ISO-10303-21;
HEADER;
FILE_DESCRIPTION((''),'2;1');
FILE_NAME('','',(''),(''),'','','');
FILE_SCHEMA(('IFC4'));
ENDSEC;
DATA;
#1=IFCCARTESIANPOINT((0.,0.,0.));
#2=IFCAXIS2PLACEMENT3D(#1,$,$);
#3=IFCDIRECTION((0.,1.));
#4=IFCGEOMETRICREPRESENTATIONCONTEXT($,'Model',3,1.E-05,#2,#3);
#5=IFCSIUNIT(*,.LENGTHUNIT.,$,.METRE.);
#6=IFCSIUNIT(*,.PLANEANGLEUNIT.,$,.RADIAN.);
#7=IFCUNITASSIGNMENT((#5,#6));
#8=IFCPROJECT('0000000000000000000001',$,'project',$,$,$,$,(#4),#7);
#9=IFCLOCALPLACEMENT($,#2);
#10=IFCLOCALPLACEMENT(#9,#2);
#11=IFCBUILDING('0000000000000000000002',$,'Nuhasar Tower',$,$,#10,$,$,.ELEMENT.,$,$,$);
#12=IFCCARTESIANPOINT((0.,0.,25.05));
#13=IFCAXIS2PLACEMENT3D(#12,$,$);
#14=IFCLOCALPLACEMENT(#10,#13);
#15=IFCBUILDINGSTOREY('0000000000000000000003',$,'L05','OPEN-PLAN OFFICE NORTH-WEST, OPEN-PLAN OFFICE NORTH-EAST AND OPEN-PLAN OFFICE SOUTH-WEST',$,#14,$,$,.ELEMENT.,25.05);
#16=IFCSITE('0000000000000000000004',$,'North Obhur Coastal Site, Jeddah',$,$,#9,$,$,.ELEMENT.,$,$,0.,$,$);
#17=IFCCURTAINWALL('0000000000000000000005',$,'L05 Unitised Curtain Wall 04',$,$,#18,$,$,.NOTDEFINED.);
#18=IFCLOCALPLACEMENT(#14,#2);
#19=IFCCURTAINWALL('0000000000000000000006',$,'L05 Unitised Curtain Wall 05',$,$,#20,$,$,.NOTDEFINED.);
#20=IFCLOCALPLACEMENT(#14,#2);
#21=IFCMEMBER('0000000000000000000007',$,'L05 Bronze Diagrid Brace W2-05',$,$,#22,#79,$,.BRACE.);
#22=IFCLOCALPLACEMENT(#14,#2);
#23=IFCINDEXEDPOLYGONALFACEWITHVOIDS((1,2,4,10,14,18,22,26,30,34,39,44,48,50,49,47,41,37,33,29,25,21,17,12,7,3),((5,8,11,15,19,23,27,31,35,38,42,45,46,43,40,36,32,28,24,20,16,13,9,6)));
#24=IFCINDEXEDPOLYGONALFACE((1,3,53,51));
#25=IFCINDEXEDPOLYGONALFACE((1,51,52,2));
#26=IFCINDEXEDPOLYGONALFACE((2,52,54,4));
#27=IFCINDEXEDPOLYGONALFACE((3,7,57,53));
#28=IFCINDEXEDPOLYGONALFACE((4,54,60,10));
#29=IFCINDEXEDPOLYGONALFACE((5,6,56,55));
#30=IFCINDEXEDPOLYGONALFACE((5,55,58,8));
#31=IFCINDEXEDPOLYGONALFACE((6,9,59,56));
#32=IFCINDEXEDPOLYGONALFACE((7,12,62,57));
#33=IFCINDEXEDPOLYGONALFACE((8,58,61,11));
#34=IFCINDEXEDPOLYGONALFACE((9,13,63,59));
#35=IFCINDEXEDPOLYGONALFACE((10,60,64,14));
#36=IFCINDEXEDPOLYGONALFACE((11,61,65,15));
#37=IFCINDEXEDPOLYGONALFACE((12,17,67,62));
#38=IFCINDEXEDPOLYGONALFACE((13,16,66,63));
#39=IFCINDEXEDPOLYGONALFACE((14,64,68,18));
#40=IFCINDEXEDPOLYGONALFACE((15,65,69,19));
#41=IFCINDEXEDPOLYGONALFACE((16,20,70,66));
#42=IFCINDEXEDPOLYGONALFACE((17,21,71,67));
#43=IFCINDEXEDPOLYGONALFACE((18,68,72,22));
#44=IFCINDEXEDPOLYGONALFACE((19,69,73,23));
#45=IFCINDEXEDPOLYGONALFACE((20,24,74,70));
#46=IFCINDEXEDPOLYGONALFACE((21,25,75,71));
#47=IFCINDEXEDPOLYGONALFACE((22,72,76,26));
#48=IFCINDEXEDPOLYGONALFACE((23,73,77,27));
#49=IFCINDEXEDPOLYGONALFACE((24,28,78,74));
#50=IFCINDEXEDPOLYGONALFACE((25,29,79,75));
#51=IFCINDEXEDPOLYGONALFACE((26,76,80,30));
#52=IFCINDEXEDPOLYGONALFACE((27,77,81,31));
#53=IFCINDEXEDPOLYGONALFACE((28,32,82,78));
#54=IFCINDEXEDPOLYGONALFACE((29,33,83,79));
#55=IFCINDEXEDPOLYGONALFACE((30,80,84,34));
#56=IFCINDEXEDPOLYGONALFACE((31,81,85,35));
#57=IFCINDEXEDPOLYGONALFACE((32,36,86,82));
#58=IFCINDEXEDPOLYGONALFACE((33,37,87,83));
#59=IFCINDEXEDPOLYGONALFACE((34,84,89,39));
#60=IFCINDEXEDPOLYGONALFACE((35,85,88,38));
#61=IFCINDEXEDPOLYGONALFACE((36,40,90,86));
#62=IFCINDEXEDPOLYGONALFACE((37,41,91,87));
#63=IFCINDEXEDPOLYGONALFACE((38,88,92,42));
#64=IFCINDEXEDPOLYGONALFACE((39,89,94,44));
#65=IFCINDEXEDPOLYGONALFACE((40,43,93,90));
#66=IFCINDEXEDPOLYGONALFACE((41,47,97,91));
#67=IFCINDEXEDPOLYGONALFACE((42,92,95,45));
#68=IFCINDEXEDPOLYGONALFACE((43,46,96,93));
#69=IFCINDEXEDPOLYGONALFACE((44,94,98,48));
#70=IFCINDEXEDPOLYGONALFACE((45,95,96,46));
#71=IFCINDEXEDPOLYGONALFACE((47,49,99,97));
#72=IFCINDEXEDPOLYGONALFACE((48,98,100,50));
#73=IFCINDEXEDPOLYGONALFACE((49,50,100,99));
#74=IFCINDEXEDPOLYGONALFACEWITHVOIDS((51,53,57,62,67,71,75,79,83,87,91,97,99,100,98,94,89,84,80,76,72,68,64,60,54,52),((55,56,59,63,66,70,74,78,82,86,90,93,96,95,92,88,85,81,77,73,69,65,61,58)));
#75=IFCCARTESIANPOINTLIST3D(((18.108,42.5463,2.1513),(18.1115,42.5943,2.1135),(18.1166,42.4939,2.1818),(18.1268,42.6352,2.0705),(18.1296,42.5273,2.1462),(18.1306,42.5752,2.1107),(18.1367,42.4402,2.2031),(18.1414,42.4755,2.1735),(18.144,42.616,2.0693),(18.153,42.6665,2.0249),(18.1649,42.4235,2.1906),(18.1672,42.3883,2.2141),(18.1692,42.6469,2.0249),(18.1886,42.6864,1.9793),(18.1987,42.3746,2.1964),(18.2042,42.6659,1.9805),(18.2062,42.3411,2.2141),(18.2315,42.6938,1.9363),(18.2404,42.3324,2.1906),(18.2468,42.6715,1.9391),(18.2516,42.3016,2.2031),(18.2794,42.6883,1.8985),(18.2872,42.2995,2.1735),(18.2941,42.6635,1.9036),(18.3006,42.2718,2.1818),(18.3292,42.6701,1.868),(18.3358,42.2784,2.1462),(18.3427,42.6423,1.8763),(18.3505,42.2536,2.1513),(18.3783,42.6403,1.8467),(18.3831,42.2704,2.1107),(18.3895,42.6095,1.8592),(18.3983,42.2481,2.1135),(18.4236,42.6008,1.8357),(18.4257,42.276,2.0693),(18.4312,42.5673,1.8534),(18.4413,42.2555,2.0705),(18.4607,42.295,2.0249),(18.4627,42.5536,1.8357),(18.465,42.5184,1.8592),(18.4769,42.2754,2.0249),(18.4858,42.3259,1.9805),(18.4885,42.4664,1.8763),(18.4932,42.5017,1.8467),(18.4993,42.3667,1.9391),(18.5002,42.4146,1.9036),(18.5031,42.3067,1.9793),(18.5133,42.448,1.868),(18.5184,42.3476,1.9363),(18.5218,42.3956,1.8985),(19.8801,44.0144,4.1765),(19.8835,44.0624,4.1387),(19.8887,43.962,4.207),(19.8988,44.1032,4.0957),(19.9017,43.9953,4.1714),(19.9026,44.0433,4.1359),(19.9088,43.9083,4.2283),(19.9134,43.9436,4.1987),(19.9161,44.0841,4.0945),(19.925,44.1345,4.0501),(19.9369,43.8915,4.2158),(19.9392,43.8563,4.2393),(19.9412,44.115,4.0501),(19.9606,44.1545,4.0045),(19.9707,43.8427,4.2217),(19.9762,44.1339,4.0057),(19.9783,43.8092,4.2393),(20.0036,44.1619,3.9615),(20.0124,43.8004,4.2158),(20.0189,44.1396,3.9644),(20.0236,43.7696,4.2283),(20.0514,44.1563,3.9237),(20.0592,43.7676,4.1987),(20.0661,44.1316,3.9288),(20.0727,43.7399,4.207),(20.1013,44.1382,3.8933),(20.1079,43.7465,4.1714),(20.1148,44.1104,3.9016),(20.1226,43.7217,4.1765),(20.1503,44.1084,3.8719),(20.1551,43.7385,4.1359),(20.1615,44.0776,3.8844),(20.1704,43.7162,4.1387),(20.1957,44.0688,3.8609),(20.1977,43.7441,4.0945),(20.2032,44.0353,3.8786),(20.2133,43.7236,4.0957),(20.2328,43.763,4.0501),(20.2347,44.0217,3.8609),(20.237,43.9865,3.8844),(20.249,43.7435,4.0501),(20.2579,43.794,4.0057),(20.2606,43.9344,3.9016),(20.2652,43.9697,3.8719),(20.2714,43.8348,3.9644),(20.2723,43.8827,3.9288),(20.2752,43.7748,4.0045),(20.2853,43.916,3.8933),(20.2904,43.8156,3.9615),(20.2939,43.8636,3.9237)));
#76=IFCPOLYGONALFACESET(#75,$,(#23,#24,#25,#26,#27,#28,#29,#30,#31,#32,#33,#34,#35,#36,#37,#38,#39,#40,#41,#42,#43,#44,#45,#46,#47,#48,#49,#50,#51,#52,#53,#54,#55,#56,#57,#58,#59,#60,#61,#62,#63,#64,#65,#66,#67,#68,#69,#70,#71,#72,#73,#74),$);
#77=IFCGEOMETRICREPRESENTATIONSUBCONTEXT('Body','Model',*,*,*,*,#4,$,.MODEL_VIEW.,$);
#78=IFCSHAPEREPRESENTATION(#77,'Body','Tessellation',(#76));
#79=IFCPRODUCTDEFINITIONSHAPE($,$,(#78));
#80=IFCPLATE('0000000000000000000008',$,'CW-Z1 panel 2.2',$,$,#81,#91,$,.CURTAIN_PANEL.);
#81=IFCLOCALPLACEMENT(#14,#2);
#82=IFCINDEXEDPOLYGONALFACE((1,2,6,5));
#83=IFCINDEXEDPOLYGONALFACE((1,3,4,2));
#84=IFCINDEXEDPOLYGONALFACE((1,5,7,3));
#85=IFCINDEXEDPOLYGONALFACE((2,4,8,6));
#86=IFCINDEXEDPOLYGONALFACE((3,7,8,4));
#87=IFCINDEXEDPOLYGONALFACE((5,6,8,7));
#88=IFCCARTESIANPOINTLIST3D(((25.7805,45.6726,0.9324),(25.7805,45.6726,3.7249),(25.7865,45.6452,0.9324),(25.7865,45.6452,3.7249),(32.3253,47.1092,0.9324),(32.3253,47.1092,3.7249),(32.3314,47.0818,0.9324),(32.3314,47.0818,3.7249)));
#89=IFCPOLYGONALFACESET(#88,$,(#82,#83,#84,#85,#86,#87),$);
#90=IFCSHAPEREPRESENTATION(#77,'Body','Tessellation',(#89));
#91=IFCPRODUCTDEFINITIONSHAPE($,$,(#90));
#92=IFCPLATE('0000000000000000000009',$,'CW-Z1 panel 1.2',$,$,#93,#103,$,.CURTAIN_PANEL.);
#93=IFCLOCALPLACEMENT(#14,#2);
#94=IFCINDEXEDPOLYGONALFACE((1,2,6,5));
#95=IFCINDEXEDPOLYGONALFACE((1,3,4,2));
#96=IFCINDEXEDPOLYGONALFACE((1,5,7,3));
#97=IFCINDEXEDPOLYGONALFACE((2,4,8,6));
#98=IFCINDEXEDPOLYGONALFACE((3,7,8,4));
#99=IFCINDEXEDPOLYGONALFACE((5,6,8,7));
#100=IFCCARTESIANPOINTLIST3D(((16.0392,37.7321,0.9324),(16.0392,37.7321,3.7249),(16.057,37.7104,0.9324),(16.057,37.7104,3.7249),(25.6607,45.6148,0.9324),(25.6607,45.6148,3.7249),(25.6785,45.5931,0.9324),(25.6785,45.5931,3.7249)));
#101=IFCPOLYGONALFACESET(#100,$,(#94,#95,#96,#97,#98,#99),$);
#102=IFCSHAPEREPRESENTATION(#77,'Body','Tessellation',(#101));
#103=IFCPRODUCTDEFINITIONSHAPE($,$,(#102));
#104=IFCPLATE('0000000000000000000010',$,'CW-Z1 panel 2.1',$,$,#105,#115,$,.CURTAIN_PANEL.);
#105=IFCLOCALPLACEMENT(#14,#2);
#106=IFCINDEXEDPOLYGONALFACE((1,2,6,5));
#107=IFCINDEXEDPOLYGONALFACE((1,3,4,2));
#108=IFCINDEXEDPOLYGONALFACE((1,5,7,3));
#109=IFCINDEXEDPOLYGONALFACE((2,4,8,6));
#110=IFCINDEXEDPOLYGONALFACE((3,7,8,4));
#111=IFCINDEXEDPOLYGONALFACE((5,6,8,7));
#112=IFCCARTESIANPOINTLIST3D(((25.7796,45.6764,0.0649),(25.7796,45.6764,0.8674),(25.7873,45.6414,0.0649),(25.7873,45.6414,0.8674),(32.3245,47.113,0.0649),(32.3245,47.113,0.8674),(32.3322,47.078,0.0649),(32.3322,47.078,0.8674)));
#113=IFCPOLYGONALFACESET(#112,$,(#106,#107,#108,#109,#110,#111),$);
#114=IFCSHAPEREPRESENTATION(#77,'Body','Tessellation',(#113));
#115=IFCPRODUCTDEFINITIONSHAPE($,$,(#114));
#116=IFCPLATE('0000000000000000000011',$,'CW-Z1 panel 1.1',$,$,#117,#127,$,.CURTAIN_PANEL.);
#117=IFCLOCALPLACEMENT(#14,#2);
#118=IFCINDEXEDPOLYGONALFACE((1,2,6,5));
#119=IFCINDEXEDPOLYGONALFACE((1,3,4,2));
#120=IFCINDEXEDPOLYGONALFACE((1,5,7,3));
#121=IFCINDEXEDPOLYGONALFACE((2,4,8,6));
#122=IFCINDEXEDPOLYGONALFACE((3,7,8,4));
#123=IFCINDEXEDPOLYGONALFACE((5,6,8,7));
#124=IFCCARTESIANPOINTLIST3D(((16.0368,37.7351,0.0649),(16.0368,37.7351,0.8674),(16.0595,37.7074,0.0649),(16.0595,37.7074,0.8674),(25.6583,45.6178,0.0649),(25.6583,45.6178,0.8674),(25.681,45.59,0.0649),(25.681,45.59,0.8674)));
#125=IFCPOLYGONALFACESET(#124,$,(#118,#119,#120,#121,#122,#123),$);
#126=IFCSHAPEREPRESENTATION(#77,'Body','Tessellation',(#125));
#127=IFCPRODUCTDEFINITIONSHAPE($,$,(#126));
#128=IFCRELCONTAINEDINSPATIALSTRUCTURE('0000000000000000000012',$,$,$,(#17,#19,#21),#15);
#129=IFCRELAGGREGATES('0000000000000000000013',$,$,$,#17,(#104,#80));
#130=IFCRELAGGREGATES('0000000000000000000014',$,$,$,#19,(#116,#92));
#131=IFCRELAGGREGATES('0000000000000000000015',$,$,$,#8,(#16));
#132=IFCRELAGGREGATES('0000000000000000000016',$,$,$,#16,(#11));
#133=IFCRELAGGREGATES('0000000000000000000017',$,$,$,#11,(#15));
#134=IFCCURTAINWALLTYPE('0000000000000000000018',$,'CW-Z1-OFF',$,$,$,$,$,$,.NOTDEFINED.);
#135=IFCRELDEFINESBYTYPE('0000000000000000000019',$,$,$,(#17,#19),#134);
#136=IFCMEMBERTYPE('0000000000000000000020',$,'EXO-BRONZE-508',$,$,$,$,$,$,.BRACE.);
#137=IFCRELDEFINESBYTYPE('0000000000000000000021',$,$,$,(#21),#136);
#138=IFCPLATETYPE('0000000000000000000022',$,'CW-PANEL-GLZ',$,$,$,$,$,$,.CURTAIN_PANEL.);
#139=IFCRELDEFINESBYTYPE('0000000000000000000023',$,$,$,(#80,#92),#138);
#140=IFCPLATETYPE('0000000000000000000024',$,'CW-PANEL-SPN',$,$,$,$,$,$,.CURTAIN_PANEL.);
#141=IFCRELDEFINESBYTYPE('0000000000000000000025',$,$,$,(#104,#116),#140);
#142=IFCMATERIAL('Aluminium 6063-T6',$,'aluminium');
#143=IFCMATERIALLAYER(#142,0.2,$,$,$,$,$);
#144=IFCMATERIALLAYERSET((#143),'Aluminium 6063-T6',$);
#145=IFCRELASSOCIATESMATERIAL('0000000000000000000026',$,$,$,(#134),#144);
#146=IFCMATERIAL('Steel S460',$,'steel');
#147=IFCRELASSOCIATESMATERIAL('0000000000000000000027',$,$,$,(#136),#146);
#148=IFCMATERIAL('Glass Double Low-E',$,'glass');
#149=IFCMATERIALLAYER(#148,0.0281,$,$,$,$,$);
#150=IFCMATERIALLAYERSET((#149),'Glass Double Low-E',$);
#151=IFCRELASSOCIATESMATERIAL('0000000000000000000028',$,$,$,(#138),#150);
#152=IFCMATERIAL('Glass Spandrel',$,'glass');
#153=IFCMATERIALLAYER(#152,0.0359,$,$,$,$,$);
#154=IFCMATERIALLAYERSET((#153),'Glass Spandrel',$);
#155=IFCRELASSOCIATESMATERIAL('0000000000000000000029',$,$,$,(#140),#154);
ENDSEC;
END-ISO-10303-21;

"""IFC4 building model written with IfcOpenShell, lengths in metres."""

from ifc_helpers import new_model, si_unit, direction, frame, origin, origin_2d, place, context, subcontext, project, spatial, rectangle, hollow_circle, extrude, material, layer, layer_set, material_profile, profile_set, type_object, element, aggregate, save


model = new_model("IFC4")

# Units and contexts
model_context = context("Model", 3, precision=1e-05, world=origin(), true_north=direction((0.0, 1.0)))
body_context = subcontext(model_context, "Body", "Model", "MODEL_VIEW")
ifc_project = project(units=[si_unit("LENGTHUNIT", "METRE"), si_unit("PLANEANGLEUNIT", "RADIAN")], contexts=[model_context])

# Site, building, storey
site_placement = place(None, origin())
site = spatial("IfcSite", under=ifc_project, at=site_placement, Name="North Obhur Coastal Site, Jeddah", CompositionType="ELEMENT", RefElevation=0.0)
building_placement = place(site_placement, origin())
building = spatial("IfcBuilding", under=site, at=building_placement, Name="Nuhasar Tower", CompositionType="ELEMENT")
storey_placement = place(building_placement, frame((0.0, 0.0, 25.05)))
storey = spatial("IfcBuildingStorey", under=building, at=storey_placement, Name="L05", Description="OPEN-PLAN OFFICE NORTH-WEST, OPEN-PLAN OFFICE NORTH-EAST AND OPEN-PLAN OFFICE SOUTH-WEST", CompositionType="ELEMENT", Elevation=25.05)

# Curtain wall
ifc_material_1 = material(Name="Aluminium 6063-T6", Category="aluminium")
ifc_layer_1 = layer(ifc_material_1, 0.2)
ifc_layer_set_1 = layer_set([ifc_layer_1], Name="Aluminium 6063-T6")
curtain_wall_type = type_object("IfcCurtainWallType", Name="CW-Z1-OFF", PredefinedType="NOTDEFINED", material=ifc_layer_set_1)
curtain_wall_1_placement = place(storey_placement, origin())
curtain_wall_1 = element("IfcCurtainWall", 1, at=curtain_wall_1_placement, inside=storey, type_object=curtain_wall_type, Name="L05 Unitised Curtain Wall 04", PredefinedType="NOTDEFINED")

# Curtain wall
curtain_wall_2_placement = place(storey_placement, origin())
curtain_wall_2 = element("IfcCurtainWall", 2, at=curtain_wall_2_placement, inside=storey, type_object=curtain_wall_type, Name="L05 Unitised Curtain Wall 05", PredefinedType="NOTDEFINED")

# Member
ifc_material_2 = material(Name="Steel S460", Category="steel")
ifc_material_profile_1 = material_profile(ifc_material_2, hollow_circle(Radius=0.2539, WallThickness=0.0254, at=origin_2d()), Name="HSS508X25.4")
ifc_profile_set_1 = profile_set([ifc_material_profile_1], Name="Steel S460")
member_type_1 = type_object("IfcMemberType", Name="EXO-BRONZE-508", PredefinedType="BRACE", material=ifc_profile_set_1)
member_1_placement = place(storey_placement, frame((18.3149, 42.4709, 2.0249), z_axis=(0.578071, 0.478912, 0.660664), x_axis=(-0.637969, 0.770062, 0.0)))
element("IfcMember", 3, at=member_1_placement, inside=storey, type_object=member_type_1, Name="L05 Bronze Diagrid Brace W2-05", PredefinedType="BRACE", context=body_context, shape_type="SweptSolid", body=[
    extrude(hollow_circle(Radius=0.2539, WallThickness=0.0254, at=origin_2d()), origin(), (0.0, 0.0, 1.0), 3.0654),
])

# Plates
ifc_material_3 = material(Name="Glass Double Low-E", Category="glass")
ifc_layer_2 = layer(ifc_material_3, 0.0281)
ifc_layer_set_2 = layer_set([ifc_layer_2], Name="Glass Double Low-E")
plate_type_1 = type_object("IfcPlateType", Name="CW-PANEL-GLZ", PredefinedType="CURTAIN_PANEL", material=ifc_layer_set_2)
plate_1_placement = place(storey_placement, frame((29.0559, 46.3772, 0.9324), z_axis=(0.0, 0.0, 1.0), x_axis=(-0.976746, -0.214399, 0.0)))
plate_1 = element("IfcPlate", 4, at=plate_1_placement, type_object=plate_type_1, Name="CW-Z1 panel 2.2", PredefinedType="CURTAIN_PANEL", context=body_context, shape_type="SweptSolid", body=[
    extrude(rectangle(XDim=6.7007, YDim=0.0281, at=origin_2d()), origin(), (0.0, 0.0, 1.0), 2.7925),
])
plate_2_placement = place(storey_placement, frame((20.8589, 41.6626, 0.9324), z_axis=(0.0, 0.0, 1.0), x_axis=(-0.773542, -0.633745, 0.0)))
plate_2 = element("IfcPlate", 5, at=plate_2_placement, type_object=plate_type_1, Name="CW-Z1 panel 1.2", PredefinedType="CURTAIN_PANEL", context=body_context, shape_type="SweptSolid", body=[
    extrude(rectangle(XDim=12.4382, YDim=0.0281, at=origin_2d()), origin(), (0.0, 0.0, 1.0), 2.7925),
])
ifc_material_4 = material(Name="Glass Spandrel", Category="glass")
ifc_layer_3 = layer(ifc_material_4, 0.0359)
ifc_layer_set_3 = layer_set([ifc_layer_3], Name="Glass Spandrel")
plate_type_2 = type_object("IfcPlateType", Name="CW-PANEL-SPN", PredefinedType="CURTAIN_PANEL", material=ifc_layer_set_3)
plate_3_placement = place(storey_placement, frame((29.0559, 46.3772, 0.0649), z_axis=(0.0, 0.0, 1.0), x_axis=(-0.976746, -0.214399, 0.0)))
plate_3 = element("IfcPlate", 6, at=plate_3_placement, type_object=plate_type_2, Name="CW-Z1 panel 2.1", PredefinedType="CURTAIN_PANEL", context=body_context, shape_type="SweptSolid", body=[
    extrude(rectangle(XDim=6.7007, YDim=0.0359, at=origin_2d()), origin(), (0.0, 0.0, 1.0), 0.8025),
])
aggregate(curtain_wall_1, [plate_3, plate_1])
plate_4_placement = place(storey_placement, frame((20.8589, 41.6626, 0.0649), z_axis=(0.0, 0.0, 1.0), x_axis=(-0.773542, -0.633745, 0.0)))
plate_4 = element("IfcPlate", 7, at=plate_4_placement, type_object=plate_type_2, Name="CW-Z1 panel 1.1", PredefinedType="CURTAIN_PANEL", context=body_context, shape_type="SweptSolid", body=[
    extrude(rectangle(XDim=12.4382, YDim=0.0359, at=origin_2d()), origin(), (0.0, 0.0, 1.0), 0.8025),
])
aggregate(curtain_wall_2, [plate_4, plate_2])

save(model, "model.ifc")
